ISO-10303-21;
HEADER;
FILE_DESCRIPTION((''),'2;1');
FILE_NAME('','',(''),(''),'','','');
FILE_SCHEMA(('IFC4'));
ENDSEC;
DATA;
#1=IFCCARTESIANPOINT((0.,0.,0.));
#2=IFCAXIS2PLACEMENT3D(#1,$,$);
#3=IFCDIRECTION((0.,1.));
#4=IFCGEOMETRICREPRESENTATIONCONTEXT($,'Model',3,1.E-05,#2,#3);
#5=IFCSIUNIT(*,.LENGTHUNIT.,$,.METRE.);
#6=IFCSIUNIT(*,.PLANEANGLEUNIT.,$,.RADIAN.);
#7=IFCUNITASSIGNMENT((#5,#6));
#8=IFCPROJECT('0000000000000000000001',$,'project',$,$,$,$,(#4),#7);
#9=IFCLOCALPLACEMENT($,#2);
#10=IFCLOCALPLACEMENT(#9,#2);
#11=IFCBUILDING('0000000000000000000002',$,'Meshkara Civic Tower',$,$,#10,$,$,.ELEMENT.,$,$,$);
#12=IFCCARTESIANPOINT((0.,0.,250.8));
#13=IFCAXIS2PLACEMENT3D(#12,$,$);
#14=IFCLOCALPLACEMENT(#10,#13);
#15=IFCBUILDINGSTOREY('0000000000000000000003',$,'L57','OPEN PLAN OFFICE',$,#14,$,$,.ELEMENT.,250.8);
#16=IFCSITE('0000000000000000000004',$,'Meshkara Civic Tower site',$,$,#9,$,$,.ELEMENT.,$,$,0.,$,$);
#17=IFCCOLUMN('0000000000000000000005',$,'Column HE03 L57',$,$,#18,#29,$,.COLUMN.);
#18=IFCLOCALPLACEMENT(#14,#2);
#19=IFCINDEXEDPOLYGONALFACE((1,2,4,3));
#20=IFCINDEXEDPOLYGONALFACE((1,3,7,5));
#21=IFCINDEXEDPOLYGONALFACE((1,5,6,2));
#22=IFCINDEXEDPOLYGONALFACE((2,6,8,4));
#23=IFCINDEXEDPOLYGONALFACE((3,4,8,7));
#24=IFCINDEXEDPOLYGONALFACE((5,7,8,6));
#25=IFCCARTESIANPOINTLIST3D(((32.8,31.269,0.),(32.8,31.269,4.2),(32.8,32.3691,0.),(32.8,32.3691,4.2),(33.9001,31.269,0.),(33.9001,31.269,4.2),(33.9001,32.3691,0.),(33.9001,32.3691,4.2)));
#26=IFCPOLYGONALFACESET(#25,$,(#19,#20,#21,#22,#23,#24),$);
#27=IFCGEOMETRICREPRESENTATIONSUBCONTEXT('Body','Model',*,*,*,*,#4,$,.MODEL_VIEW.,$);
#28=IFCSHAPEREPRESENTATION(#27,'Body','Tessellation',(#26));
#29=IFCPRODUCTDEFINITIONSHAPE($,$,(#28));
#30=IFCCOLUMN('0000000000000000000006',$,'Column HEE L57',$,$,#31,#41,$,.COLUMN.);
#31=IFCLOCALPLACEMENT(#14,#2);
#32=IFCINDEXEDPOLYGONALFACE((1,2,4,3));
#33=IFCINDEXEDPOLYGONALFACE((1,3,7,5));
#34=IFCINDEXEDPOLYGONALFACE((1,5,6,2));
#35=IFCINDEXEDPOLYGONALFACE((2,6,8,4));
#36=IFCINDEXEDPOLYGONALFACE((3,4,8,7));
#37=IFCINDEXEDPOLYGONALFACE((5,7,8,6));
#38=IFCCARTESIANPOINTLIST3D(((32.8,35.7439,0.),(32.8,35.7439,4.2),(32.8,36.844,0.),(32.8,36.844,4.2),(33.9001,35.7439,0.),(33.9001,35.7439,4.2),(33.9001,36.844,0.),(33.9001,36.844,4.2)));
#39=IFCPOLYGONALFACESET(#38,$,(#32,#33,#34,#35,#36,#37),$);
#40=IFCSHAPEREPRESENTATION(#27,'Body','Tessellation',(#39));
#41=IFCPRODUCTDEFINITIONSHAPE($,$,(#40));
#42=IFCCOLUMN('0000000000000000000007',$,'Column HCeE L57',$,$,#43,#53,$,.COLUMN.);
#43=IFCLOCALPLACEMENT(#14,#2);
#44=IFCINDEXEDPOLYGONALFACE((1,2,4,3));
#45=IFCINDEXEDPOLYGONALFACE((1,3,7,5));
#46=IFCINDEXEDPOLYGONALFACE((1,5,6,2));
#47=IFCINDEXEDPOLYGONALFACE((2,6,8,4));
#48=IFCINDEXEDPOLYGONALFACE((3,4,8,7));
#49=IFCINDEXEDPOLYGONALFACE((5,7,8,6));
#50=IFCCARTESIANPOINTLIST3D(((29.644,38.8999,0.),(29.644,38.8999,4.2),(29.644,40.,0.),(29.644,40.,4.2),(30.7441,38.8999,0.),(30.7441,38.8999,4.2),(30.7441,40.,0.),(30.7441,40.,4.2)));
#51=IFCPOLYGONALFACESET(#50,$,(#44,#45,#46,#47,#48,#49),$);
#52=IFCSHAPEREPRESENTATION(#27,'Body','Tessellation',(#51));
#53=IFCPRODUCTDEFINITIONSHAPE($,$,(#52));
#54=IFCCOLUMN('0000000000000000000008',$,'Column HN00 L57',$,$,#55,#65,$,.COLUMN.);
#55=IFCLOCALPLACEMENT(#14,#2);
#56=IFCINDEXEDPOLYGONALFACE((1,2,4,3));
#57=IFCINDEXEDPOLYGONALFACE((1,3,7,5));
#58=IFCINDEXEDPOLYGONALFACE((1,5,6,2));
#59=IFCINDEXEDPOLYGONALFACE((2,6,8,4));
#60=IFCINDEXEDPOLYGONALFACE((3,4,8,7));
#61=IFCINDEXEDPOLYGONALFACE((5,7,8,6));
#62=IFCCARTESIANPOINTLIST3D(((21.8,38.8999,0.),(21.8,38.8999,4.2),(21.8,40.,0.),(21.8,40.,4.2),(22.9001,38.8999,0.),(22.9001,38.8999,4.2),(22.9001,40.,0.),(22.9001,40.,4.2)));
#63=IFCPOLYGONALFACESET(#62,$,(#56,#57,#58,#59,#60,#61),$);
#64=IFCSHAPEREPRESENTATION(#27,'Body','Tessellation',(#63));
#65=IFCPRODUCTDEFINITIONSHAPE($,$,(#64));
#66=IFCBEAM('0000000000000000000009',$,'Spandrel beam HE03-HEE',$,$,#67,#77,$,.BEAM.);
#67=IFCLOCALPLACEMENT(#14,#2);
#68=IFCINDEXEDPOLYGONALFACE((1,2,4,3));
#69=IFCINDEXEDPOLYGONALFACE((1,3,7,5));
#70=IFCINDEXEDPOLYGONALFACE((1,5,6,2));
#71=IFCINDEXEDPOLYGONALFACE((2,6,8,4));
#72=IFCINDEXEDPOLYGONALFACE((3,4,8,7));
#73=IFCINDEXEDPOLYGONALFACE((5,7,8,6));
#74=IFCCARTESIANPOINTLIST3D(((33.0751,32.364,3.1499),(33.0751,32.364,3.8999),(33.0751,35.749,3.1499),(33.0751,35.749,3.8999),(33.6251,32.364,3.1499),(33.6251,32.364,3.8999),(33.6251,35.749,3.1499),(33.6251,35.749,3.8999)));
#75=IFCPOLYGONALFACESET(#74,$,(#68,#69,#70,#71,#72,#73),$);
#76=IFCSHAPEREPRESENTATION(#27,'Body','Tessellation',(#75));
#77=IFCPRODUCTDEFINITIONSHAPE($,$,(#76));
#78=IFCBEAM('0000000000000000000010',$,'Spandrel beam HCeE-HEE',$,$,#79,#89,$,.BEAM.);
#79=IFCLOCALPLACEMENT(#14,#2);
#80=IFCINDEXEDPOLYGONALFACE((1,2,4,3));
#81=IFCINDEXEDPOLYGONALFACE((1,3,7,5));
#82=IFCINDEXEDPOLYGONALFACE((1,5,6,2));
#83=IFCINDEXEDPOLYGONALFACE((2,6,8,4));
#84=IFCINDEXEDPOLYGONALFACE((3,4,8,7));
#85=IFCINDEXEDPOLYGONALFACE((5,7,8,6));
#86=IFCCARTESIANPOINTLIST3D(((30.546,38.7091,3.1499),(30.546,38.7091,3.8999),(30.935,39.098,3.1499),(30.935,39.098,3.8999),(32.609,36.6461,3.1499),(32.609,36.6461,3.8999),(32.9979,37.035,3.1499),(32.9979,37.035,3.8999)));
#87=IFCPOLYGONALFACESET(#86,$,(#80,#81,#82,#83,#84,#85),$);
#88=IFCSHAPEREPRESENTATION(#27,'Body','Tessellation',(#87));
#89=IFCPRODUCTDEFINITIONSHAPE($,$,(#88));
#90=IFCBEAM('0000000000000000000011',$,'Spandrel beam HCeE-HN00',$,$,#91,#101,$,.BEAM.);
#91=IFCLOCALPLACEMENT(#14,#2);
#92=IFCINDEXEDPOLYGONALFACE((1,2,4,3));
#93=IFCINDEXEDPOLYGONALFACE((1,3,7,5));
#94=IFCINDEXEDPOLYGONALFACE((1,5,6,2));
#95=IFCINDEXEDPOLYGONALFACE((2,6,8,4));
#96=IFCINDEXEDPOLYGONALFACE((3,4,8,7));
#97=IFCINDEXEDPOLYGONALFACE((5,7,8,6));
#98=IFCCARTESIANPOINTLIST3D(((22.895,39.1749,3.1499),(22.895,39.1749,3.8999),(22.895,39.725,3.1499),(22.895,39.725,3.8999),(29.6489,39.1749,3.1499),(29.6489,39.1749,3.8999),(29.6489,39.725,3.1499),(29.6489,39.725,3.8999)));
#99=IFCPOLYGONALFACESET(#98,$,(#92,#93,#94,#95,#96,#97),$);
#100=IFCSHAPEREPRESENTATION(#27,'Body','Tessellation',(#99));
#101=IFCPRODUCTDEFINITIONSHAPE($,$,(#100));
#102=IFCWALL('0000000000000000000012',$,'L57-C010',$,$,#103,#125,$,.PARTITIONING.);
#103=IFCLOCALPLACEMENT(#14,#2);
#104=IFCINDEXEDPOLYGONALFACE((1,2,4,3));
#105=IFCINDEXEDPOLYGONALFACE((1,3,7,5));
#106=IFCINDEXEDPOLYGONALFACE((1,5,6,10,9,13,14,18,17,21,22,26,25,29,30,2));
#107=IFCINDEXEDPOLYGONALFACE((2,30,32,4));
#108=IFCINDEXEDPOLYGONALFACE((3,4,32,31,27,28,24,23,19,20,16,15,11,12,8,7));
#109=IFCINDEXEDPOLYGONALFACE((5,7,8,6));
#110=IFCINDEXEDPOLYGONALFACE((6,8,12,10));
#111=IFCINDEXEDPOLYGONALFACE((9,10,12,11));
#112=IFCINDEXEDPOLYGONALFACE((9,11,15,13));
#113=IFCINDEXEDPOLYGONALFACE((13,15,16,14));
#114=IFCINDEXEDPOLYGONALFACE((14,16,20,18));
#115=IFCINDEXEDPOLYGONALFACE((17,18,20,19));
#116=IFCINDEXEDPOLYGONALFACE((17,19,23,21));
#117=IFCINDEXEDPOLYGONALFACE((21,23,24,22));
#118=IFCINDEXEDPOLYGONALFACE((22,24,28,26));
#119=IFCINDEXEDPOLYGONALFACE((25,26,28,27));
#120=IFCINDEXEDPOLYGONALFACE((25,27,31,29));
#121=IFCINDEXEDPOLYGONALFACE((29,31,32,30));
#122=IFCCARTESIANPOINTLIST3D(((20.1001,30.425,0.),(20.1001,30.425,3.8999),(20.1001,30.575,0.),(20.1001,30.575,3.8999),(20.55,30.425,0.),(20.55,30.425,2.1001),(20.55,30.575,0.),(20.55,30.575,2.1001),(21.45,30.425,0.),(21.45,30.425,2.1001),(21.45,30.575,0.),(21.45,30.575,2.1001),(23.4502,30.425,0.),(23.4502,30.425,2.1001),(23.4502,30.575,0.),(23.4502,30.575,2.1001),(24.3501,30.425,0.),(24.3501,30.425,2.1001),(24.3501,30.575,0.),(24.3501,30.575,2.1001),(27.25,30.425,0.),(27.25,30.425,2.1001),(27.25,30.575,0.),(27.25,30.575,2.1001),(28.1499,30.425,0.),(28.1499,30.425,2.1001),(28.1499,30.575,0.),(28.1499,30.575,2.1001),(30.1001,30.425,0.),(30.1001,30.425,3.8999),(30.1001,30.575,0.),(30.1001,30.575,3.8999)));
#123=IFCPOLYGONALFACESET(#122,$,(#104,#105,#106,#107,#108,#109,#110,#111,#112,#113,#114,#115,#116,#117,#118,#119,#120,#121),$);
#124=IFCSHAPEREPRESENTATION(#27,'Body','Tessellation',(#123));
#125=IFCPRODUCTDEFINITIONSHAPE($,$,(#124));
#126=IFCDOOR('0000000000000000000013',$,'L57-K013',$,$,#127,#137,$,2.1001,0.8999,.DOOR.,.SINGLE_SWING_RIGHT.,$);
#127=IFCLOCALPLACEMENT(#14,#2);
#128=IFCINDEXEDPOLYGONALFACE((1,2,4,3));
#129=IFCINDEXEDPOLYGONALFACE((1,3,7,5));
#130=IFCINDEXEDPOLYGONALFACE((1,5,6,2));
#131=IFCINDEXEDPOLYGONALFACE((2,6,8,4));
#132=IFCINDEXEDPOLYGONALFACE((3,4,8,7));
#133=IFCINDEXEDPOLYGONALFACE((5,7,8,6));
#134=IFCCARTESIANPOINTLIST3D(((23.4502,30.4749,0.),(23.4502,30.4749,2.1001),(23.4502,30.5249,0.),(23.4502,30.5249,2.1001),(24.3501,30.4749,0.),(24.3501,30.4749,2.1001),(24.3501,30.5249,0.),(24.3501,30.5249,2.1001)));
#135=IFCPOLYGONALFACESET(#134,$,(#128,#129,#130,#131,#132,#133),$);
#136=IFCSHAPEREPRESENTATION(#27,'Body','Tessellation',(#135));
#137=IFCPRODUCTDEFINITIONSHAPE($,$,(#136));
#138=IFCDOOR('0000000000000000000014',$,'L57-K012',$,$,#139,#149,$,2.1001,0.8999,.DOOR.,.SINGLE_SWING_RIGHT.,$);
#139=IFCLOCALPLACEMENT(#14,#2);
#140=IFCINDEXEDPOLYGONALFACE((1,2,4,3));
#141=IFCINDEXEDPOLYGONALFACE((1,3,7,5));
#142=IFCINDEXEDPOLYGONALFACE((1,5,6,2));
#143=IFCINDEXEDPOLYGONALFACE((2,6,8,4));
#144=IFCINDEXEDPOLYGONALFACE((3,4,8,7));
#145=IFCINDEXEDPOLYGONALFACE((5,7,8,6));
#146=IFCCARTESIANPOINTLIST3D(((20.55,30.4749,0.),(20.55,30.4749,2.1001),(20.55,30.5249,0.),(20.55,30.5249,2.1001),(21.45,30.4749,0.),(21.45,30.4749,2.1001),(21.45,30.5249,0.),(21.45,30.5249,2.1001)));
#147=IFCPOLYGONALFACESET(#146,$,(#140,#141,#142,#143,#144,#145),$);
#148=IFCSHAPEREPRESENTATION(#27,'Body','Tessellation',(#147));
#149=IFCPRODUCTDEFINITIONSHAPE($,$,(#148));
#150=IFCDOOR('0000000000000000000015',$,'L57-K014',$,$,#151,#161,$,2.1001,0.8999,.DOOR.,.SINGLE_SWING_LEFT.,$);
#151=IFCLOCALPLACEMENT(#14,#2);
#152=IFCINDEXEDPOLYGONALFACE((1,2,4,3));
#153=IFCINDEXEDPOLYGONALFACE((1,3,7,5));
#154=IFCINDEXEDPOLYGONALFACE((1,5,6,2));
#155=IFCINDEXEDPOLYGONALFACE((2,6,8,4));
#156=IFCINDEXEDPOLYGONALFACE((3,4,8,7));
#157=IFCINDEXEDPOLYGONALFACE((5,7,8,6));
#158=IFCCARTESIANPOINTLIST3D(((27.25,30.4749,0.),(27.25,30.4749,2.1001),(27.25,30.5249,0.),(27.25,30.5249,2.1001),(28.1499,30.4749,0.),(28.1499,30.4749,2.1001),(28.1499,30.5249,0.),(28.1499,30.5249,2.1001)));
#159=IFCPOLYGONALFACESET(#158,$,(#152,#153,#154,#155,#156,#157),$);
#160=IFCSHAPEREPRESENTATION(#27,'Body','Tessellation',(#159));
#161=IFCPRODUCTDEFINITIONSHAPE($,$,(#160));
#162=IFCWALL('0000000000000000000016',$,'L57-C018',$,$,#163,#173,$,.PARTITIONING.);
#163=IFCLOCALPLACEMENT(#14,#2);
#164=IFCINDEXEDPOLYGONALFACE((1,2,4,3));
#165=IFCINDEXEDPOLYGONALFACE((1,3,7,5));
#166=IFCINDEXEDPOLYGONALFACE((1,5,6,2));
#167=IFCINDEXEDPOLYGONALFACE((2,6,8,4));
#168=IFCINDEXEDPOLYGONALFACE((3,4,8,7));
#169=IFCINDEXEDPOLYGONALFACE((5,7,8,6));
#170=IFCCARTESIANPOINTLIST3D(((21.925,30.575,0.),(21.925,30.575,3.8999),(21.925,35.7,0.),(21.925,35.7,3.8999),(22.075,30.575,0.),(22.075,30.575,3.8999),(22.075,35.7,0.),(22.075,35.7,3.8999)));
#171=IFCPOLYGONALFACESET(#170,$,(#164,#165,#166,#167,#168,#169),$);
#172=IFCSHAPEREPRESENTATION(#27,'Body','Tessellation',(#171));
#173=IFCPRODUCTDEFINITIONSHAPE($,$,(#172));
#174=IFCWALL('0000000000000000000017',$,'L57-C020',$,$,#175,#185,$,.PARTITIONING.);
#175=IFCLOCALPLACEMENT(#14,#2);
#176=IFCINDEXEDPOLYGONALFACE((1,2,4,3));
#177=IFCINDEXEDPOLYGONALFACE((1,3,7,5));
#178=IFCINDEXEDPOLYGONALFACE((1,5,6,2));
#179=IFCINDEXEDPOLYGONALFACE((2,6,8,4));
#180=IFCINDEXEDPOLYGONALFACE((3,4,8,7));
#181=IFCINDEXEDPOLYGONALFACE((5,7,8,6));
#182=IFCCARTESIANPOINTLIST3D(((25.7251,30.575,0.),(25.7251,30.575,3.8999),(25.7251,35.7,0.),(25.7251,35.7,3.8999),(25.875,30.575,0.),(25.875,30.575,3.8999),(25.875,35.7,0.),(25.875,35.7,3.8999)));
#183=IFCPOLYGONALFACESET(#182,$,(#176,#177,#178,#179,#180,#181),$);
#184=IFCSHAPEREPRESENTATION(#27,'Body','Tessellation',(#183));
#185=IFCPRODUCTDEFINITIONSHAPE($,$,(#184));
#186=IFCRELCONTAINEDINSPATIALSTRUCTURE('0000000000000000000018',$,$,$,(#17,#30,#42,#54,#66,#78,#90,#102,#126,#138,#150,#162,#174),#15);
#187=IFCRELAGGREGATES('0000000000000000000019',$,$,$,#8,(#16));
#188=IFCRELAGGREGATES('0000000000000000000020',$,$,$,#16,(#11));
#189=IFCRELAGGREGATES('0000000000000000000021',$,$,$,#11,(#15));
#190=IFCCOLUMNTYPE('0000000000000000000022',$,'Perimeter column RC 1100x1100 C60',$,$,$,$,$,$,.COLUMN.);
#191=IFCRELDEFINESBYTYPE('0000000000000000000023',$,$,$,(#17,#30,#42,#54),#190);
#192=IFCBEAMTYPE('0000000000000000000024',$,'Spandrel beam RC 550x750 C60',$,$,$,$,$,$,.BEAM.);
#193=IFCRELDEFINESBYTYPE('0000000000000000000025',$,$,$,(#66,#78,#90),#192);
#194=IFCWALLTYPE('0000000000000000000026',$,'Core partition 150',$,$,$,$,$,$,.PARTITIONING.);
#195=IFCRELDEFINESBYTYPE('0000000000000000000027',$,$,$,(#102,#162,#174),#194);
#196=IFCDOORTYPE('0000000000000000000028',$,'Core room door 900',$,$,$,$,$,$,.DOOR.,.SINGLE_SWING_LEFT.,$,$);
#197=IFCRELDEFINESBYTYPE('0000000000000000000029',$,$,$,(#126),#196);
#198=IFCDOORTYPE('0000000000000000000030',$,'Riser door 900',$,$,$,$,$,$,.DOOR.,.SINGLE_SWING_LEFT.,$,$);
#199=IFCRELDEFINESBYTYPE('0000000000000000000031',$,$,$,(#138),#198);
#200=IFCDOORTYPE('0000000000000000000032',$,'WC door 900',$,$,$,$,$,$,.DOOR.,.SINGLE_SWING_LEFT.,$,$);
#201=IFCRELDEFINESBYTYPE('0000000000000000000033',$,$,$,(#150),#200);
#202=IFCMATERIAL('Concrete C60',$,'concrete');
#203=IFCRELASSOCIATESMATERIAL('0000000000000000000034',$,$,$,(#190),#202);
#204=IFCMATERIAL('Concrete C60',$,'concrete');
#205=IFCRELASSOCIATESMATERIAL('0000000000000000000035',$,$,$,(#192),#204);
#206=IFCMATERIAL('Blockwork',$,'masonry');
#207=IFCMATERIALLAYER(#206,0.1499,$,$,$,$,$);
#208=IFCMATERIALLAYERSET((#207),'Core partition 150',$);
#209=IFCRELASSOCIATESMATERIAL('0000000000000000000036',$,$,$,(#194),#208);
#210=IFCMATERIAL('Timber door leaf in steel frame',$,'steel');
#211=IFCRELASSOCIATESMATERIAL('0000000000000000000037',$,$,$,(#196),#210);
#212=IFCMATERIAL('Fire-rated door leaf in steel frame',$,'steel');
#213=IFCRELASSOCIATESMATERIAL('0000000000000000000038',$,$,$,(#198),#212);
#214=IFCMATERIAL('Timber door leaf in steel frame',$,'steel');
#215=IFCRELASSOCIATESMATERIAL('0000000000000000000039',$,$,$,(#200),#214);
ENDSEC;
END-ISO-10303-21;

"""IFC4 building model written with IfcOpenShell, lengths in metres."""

from ifc_helpers import new_model, si_unit, direction, frame, frame_2d, origin, origin_2d, place, context, subcontext, project, spatial, rectangle, extrude, material, layer, layer_set, material_profile, profile_set, type_object, element, fill, save


model = new_model("IFC4")

# Units and contexts
model_context = context("Model", 3, precision=1e-05, world=origin(), true_north=direction((0.0, 1.0)))
body_context = subcontext(model_context, "Body", "Model", "MODEL_VIEW")
ifc_project = project(units=[si_unit("LENGTHUNIT", "METRE"), si_unit("PLANEANGLEUNIT", "RADIAN")], contexts=[model_context])

# Site, building, storey
site_placement = place(None, origin())
site = spatial("IfcSite", under=ifc_project, at=site_placement, Name="Meshkara Civic Tower site", CompositionType="ELEMENT", RefElevation=0.0)
building_placement = place(site_placement, origin())
building = spatial("IfcBuilding", under=site, at=building_placement, Name="Meshkara Civic Tower", CompositionType="ELEMENT")
storey_placement = place(building_placement, frame((0.0, 0.0, 250.8)))
storey = spatial("IfcBuildingStorey", under=building, at=storey_placement, Name="L57", Description="OPEN PLAN OFFICE", CompositionType="ELEMENT", Elevation=250.8)

# Columns
ifc_material_1 = material(Name="Concrete C60", Category="concrete")
ifc_material_profile_1 = material_profile(ifc_material_1, rectangle(XDim=1.1001, YDim=1.1001, at=origin_2d()))
ifc_profile_set_1 = profile_set([ifc_material_profile_1], Name="Concrete C60")
column_type = type_object("IfcColumnType", Name="Perimeter column RC 1100x1100 C60", PredefinedType="COLUMN", material=ifc_profile_set_1)
for number, where, z_axis, x_axis, name in (
    (1, (33.3501, 31.8191, 0.0), (0.0, 0.0, 1.0), (1.0, 0.0, 0.0), "Column HE03 L57"),
    (2, (33.3501, 36.2939, 0.0), (0.0, 0.0, 1.0), (1.0, 0.0, 0.0), "Column HEE L57"),
    (3, (30.1941, 39.45, 0.0), (0.0, 0.0, 1.0), (1.0, 0.0, 0.0), "Column HCeE L57"),
    (4, (22.3501, 39.45, 0.0), (0.0, 0.0, 1.0), (1.0, 0.0, 0.0), "Column HN00 L57"),
):
    element("IfcColumn", number, at=place(storey_placement, frame(where, z_axis=z_axis, x_axis=x_axis)), inside=storey, type_object=column_type, Name=name, PredefinedType="COLUMN", context=body_context, shape_type="SweptSolid", body=[
        extrude(rectangle(XDim=1.1001, YDim=1.1001, at=origin_2d()), origin(), (0.0, 0.0, 1.0), 4.2),
    ])

# Beams
ifc_material_2 = material(Name="Concrete C60", Category="concrete")
ifc_material_profile_2 = material_profile(ifc_material_2, rectangle(XDim=0.55, YDim=0.75, at=origin_2d()))
ifc_profile_set_2 = profile_set([ifc_material_profile_2], Name="Concrete C60")
beam_type = type_object("IfcBeamType", Name="Spandrel beam RC 550x750 C60", PredefinedType="BEAM", material=ifc_profile_set_2)
beam_1_placement = place(storey_placement, frame((33.3501, 32.364, 3.5249), z_axis=(0.0, 1.0, 0.0), x_axis=(-1.0, 0.0, 0.0)))
element("IfcBeam", 5, at=beam_1_placement, inside=storey, type_object=beam_type, Name="Spandrel beam HE03-HEE", PredefinedType="BEAM", context=body_context, shape_type="SweptSolid", body=[
    extrude(rectangle(XDim=0.55, YDim=0.75, at=origin_2d()), origin(), (0.0, 0.0, 1.0), 3.385),
])
beam_2_placement = place(storey_placement, frame((32.8035, 36.8406, 3.5249), z_axis=(-0.707107, 0.707107, 0.0), x_axis=(-0.707107, -0.707107, 0.0)))
element("IfcBeam", 6, at=beam_2_placement, inside=storey, type_object=beam_type, Name="Spandrel beam HCeE-HEE", PredefinedType="BEAM", context=body_context, shape_type="SweptSolid", body=[
    extrude(rectangle(XDim=0.55, YDim=0.75, at=origin_2d()), origin(), (0.0, 0.0, 1.0), 2.9175),
])
beam_3_placement = place(storey_placement, frame((29.6489, 39.45, 3.5249), z_axis=(-1.0, 0.0, 0.0), x_axis=(0.0, -1.0, 0.0)))
element("IfcBeam", 7, at=beam_3_placement, inside=storey, type_object=beam_type, Name="Spandrel beam HCeE-HN00", PredefinedType="BEAM", context=body_context, shape_type="SweptSolid", body=[
    extrude(rectangle(XDim=0.55, YDim=0.75, at=origin_2d()), origin(), (0.0, 0.0, 1.0), 6.7539),
])

# Wall, openings, doors
ifc_material_3 = material(Name="Blockwork", Category="masonry")
ifc_layer_1 = layer(ifc_material_3, 0.1499)
ifc_layer_set_1 = layer_set([ifc_layer_1], Name="Core partition 150")
wall_type_1 = type_object("IfcWallType", Name="Core partition 150", PredefinedType="PARTITIONING", material=ifc_layer_set_1)
wall_1_placement = place(storey_placement, frame((20.1001, 30.5, 0.0), z_axis=(0.0, 0.0, 1.0), x_axis=(1.0, 0.0, 0.0)))
wall_1 = element("IfcWall", 8, at=wall_1_placement, inside=storey, type_object=wall_type_1, Name="L57-C010", PredefinedType="PARTITIONING", context=body_context, shape_type="SweptSolid", body=[
    extrude(rectangle(XDim=10.0, YDim=0.1499, at=frame_2d((5.0, 0.0))), origin(), (0.0, 0.0, 1.0), 3.8999),
])
opening_1_placement = place(wall_1_placement, frame((0.45, 0.0, 0.0)))
opening_1 = element("IfcOpeningElement", 9, at=opening_1_placement, cuts=wall_1, PredefinedType="OPENING", context=body_context, shape_type="SweptSolid", body=[
    extrude(rectangle(XDim=0.8999, YDim=2.1001, at=frame_2d((0.45, 1.05))), frame((0.0, 0.085, 0.0), z_axis=(0.0, -1.0, 0.0), x_axis=(1.0, 0.0, 0.0)), (0.0, 0.0, 1.0), 0.1699),
])
opening_2_placement = place(wall_1_placement, frame((3.3501, 0.0, 0.0)))
opening_2 = element("IfcOpeningElement", 10, at=opening_2_placement, cuts=wall_1, PredefinedType="OPENING", context=body_context, shape_type="SweptSolid", body=[
    extrude(rectangle(XDim=0.8999, YDim=2.1001, at=frame_2d((0.45, 1.05))), frame((0.0, 0.085, 0.0), z_axis=(0.0, -1.0, 0.0), x_axis=(1.0, 0.0, 0.0)), (0.0, 0.0, 1.0), 0.1699),
])
opening_3_placement = place(wall_1_placement, frame((7.1499, 0.0, 0.0)))
opening_3 = element("IfcOpeningElement", 11, at=opening_3_placement, cuts=wall_1, PredefinedType="OPENING", context=body_context, shape_type="SweptSolid", body=[
    extrude(rectangle(XDim=0.8999, YDim=2.1001, at=frame_2d((0.45, 1.05))), frame((0.0, 0.085, 0.0), z_axis=(0.0, -1.0, 0.0), x_axis=(1.0, 0.0, 0.0)), (0.0, 0.0, 1.0), 0.1699),
])
ifc_material_4 = material(Name="Timber door leaf in steel frame", Category="steel")
door_type_1 = type_object("IfcDoorType", Name="Core room door 900", OperationType="SINGLE_SWING_LEFT", PredefinedType="DOOR", material=ifc_material_4)
door_1_placement = place(opening_2_placement, origin())
door_1 = element("IfcDoor", 12, at=door_1_placement, inside=storey, type_object=door_type_1, Name="L57-K013", OperationType="SINGLE_SWING_RIGHT", OverallHeight=2.1001, OverallWidth=0.8999, PredefinedType="DOOR", context=body_context, shape_type="SweptSolid", body=[
    extrude(rectangle(XDim=0.8999, YDim=2.1001, at=frame_2d((0.45, 1.05))), frame((0.0, 0.0249, 0.0), z_axis=(0.0, -1.0, 0.0), x_axis=(1.0, 0.0, 0.0)), (0.0, 0.0, 1.0), 0.05),
])
fill(opening_2, door_1)
ifc_material_5 = material(Name="Fire-rated door leaf in steel frame", Category="steel")
door_type_2 = type_object("IfcDoorType", Name="Riser door 900", OperationType="SINGLE_SWING_LEFT", PredefinedType="DOOR", material=ifc_material_5)
door_2_placement = place(opening_1_placement, origin())
door_2 = element("IfcDoor", 13, at=door_2_placement, inside=storey, type_object=door_type_2, Name="L57-K012", OperationType="SINGLE_SWING_RIGHT", OverallHeight=2.1001, OverallWidth=0.8999, PredefinedType="DOOR", context=body_context, shape_type="SweptSolid", body=[
    extrude(rectangle(XDim=0.8999, YDim=2.1001, at=frame_2d((0.45, 1.05))), frame((0.0, 0.0249, 0.0), z_axis=(0.0, -1.0, 0.0), x_axis=(1.0, 0.0, 0.0)), (0.0, 0.0, 1.0), 0.05),
])
fill(opening_1, door_2)
ifc_material_6 = material(Name="Timber door leaf in steel frame", Category="steel")
door_type_3 = type_object("IfcDoorType", Name="WC door 900", OperationType="SINGLE_SWING_LEFT", PredefinedType="DOOR", material=ifc_material_6)
door_3_placement = place(opening_3_placement, origin())
door_3 = element("IfcDoor", 14, at=door_3_placement, inside=storey, type_object=door_type_3, Name="L57-K014", OperationType="SINGLE_SWING_LEFT", OverallHeight=2.1001, OverallWidth=0.8999, PredefinedType="DOOR", context=body_context, shape_type="SweptSolid", body=[
    extrude(rectangle(XDim=0.8999, YDim=2.1001, at=frame_2d((0.45, 1.05))), frame((0.0, 0.0249, 0.0), z_axis=(0.0, -1.0, 0.0), x_axis=(1.0, 0.0, 0.0)), (0.0, 0.0, 1.0), 0.05),
])
fill(opening_3, door_3)

# Walls
for number, where, z_axis, x_axis, name in (
    (15, (22.0, 30.575, 0.0), (0.0, 0.0, 1.0), (0.0, 1.0, 0.0), "L57-C018"),
    (16, (25.8, 30.575, 0.0), (0.0, 0.0, 1.0), (0.0, 1.0, 0.0), "L57-C020"),
):
    element("IfcWall", number, at=place(storey_placement, frame(where, z_axis=z_axis, x_axis=x_axis)), inside=storey, type_object=wall_type_1, Name=name, PredefinedType="PARTITIONING", context=body_context, shape_type="SweptSolid", body=[
        extrude(rectangle(XDim=5.125, YDim=0.1499, at=frame_2d((2.5625, 0.0))), origin(), (0.0, 0.0, 1.0), 3.8999),
    ])

save(model, "model.ifc")
